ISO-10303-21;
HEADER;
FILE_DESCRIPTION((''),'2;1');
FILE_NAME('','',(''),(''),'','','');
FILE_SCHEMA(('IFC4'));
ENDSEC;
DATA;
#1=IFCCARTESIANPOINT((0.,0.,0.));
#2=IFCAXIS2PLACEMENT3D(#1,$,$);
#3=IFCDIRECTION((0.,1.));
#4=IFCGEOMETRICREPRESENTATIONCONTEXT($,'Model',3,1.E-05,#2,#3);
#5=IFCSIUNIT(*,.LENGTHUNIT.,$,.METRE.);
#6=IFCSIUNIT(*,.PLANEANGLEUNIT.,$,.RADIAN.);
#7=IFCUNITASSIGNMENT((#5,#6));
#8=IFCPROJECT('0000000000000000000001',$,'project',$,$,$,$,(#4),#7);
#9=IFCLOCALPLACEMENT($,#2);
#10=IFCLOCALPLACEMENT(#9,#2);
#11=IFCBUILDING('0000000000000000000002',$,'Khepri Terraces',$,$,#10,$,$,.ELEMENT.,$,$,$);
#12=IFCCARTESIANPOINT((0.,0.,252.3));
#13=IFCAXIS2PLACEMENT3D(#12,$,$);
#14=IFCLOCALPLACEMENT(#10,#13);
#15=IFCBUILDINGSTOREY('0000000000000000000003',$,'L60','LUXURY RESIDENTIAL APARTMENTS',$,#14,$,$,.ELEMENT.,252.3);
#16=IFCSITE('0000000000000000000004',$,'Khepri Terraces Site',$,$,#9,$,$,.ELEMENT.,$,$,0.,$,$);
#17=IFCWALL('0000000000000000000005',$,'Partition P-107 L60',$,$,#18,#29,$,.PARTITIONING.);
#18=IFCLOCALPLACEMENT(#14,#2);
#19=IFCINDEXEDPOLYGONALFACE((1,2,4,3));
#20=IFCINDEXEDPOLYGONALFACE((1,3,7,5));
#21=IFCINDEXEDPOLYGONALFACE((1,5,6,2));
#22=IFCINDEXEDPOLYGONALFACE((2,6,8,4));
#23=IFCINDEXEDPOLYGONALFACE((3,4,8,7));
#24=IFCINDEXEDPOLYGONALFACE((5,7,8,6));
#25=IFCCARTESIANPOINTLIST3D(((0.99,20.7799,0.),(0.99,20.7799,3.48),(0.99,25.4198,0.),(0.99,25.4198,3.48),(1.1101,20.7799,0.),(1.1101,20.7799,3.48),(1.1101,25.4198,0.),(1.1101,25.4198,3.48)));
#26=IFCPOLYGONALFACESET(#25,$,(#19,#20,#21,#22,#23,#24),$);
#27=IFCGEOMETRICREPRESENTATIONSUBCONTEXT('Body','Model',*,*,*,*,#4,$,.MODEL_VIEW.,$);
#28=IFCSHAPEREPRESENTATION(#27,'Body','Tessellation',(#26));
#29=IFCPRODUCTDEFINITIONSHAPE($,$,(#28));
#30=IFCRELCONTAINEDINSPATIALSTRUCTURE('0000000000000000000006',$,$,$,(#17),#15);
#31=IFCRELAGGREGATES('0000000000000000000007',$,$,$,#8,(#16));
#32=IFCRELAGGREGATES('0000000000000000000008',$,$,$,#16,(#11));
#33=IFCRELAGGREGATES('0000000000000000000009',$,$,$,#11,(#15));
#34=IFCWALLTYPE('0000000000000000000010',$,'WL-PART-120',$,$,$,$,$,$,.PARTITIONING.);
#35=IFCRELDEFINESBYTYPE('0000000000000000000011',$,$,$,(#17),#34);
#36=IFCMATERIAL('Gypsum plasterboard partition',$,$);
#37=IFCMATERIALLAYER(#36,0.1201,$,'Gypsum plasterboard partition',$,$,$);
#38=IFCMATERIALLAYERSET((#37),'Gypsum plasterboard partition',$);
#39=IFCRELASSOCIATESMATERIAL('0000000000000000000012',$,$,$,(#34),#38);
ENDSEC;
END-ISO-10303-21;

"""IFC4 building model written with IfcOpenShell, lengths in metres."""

from ifc_helpers import new_model, si_unit, direction, frame, frame_2d, origin, place, context, subcontext, project, spatial, rectangle, extrude, material, layer, layer_set, type_object, element, save


model = new_model("IFC4")

# Units and contexts
model_context = context("Model", 3, precision=1e-05, world=origin(), true_north=direction((0.0, 1.0)))
body_context = subcontext(model_context, "Body", "Model", "MODEL_VIEW")
ifc_project = project(units=[si_unit("LENGTHUNIT", "METRE"), si_unit("PLANEANGLEUNIT", "RADIAN")], contexts=[model_context])

# Site, building, storey
site_placement = place(None, origin())
site = spatial("IfcSite", under=ifc_project, at=site_placement, Name="Khepri Terraces Site", CompositionType="ELEMENT", RefElevation=0.0)
building_placement = place(site_placement, origin())
building = spatial("IfcBuilding", under=site, at=building_placement, Name="Khepri Terraces", CompositionType="ELEMENT")
storey_placement = place(building_placement, frame((0.0, 0.0, 252.3)))
storey = spatial("IfcBuildingStorey", under=building, at=storey_placement, Name="L60", Description="LUXURY RESIDENTIAL APARTMENTS", CompositionType="ELEMENT", Elevation=252.3)

# Shared definitions
ifc_material_1 = material(Name="Gypsum plasterboard partition")
ifc_layer_1 = layer(ifc_material_1, 0.1201, Name="Gypsum plasterboard partition")
ifc_layer_set_1 = layer_set([ifc_layer_1], Name="Gypsum plasterboard partition")
wall_type_1 = type_object("IfcWallType", Name="WL-PART-120", PredefinedType="PARTITIONING", material=ifc_layer_set_1)

# Wall
wall_1_placement = place(storey_placement, frame((1.05, 20.78, 0.0), z_axis=(0.0, 0.0, 1.0), x_axis=(0.0, 1.0, 0.0)))
element("IfcWall", 1, at=wall_1_placement, inside=storey, type_object=wall_type_1, Name="Partition P-107 L60", PredefinedType="PARTITIONING", context=body_context, shape_type="SweptSolid", body=[
    extrude(rectangle(XDim=4.6399, YDim=0.1201, at=frame_2d((2.3198, 0.0))), origin(), (0.0, 0.0, 1.0), 3.48),
])

save(model, "model.ifc")
